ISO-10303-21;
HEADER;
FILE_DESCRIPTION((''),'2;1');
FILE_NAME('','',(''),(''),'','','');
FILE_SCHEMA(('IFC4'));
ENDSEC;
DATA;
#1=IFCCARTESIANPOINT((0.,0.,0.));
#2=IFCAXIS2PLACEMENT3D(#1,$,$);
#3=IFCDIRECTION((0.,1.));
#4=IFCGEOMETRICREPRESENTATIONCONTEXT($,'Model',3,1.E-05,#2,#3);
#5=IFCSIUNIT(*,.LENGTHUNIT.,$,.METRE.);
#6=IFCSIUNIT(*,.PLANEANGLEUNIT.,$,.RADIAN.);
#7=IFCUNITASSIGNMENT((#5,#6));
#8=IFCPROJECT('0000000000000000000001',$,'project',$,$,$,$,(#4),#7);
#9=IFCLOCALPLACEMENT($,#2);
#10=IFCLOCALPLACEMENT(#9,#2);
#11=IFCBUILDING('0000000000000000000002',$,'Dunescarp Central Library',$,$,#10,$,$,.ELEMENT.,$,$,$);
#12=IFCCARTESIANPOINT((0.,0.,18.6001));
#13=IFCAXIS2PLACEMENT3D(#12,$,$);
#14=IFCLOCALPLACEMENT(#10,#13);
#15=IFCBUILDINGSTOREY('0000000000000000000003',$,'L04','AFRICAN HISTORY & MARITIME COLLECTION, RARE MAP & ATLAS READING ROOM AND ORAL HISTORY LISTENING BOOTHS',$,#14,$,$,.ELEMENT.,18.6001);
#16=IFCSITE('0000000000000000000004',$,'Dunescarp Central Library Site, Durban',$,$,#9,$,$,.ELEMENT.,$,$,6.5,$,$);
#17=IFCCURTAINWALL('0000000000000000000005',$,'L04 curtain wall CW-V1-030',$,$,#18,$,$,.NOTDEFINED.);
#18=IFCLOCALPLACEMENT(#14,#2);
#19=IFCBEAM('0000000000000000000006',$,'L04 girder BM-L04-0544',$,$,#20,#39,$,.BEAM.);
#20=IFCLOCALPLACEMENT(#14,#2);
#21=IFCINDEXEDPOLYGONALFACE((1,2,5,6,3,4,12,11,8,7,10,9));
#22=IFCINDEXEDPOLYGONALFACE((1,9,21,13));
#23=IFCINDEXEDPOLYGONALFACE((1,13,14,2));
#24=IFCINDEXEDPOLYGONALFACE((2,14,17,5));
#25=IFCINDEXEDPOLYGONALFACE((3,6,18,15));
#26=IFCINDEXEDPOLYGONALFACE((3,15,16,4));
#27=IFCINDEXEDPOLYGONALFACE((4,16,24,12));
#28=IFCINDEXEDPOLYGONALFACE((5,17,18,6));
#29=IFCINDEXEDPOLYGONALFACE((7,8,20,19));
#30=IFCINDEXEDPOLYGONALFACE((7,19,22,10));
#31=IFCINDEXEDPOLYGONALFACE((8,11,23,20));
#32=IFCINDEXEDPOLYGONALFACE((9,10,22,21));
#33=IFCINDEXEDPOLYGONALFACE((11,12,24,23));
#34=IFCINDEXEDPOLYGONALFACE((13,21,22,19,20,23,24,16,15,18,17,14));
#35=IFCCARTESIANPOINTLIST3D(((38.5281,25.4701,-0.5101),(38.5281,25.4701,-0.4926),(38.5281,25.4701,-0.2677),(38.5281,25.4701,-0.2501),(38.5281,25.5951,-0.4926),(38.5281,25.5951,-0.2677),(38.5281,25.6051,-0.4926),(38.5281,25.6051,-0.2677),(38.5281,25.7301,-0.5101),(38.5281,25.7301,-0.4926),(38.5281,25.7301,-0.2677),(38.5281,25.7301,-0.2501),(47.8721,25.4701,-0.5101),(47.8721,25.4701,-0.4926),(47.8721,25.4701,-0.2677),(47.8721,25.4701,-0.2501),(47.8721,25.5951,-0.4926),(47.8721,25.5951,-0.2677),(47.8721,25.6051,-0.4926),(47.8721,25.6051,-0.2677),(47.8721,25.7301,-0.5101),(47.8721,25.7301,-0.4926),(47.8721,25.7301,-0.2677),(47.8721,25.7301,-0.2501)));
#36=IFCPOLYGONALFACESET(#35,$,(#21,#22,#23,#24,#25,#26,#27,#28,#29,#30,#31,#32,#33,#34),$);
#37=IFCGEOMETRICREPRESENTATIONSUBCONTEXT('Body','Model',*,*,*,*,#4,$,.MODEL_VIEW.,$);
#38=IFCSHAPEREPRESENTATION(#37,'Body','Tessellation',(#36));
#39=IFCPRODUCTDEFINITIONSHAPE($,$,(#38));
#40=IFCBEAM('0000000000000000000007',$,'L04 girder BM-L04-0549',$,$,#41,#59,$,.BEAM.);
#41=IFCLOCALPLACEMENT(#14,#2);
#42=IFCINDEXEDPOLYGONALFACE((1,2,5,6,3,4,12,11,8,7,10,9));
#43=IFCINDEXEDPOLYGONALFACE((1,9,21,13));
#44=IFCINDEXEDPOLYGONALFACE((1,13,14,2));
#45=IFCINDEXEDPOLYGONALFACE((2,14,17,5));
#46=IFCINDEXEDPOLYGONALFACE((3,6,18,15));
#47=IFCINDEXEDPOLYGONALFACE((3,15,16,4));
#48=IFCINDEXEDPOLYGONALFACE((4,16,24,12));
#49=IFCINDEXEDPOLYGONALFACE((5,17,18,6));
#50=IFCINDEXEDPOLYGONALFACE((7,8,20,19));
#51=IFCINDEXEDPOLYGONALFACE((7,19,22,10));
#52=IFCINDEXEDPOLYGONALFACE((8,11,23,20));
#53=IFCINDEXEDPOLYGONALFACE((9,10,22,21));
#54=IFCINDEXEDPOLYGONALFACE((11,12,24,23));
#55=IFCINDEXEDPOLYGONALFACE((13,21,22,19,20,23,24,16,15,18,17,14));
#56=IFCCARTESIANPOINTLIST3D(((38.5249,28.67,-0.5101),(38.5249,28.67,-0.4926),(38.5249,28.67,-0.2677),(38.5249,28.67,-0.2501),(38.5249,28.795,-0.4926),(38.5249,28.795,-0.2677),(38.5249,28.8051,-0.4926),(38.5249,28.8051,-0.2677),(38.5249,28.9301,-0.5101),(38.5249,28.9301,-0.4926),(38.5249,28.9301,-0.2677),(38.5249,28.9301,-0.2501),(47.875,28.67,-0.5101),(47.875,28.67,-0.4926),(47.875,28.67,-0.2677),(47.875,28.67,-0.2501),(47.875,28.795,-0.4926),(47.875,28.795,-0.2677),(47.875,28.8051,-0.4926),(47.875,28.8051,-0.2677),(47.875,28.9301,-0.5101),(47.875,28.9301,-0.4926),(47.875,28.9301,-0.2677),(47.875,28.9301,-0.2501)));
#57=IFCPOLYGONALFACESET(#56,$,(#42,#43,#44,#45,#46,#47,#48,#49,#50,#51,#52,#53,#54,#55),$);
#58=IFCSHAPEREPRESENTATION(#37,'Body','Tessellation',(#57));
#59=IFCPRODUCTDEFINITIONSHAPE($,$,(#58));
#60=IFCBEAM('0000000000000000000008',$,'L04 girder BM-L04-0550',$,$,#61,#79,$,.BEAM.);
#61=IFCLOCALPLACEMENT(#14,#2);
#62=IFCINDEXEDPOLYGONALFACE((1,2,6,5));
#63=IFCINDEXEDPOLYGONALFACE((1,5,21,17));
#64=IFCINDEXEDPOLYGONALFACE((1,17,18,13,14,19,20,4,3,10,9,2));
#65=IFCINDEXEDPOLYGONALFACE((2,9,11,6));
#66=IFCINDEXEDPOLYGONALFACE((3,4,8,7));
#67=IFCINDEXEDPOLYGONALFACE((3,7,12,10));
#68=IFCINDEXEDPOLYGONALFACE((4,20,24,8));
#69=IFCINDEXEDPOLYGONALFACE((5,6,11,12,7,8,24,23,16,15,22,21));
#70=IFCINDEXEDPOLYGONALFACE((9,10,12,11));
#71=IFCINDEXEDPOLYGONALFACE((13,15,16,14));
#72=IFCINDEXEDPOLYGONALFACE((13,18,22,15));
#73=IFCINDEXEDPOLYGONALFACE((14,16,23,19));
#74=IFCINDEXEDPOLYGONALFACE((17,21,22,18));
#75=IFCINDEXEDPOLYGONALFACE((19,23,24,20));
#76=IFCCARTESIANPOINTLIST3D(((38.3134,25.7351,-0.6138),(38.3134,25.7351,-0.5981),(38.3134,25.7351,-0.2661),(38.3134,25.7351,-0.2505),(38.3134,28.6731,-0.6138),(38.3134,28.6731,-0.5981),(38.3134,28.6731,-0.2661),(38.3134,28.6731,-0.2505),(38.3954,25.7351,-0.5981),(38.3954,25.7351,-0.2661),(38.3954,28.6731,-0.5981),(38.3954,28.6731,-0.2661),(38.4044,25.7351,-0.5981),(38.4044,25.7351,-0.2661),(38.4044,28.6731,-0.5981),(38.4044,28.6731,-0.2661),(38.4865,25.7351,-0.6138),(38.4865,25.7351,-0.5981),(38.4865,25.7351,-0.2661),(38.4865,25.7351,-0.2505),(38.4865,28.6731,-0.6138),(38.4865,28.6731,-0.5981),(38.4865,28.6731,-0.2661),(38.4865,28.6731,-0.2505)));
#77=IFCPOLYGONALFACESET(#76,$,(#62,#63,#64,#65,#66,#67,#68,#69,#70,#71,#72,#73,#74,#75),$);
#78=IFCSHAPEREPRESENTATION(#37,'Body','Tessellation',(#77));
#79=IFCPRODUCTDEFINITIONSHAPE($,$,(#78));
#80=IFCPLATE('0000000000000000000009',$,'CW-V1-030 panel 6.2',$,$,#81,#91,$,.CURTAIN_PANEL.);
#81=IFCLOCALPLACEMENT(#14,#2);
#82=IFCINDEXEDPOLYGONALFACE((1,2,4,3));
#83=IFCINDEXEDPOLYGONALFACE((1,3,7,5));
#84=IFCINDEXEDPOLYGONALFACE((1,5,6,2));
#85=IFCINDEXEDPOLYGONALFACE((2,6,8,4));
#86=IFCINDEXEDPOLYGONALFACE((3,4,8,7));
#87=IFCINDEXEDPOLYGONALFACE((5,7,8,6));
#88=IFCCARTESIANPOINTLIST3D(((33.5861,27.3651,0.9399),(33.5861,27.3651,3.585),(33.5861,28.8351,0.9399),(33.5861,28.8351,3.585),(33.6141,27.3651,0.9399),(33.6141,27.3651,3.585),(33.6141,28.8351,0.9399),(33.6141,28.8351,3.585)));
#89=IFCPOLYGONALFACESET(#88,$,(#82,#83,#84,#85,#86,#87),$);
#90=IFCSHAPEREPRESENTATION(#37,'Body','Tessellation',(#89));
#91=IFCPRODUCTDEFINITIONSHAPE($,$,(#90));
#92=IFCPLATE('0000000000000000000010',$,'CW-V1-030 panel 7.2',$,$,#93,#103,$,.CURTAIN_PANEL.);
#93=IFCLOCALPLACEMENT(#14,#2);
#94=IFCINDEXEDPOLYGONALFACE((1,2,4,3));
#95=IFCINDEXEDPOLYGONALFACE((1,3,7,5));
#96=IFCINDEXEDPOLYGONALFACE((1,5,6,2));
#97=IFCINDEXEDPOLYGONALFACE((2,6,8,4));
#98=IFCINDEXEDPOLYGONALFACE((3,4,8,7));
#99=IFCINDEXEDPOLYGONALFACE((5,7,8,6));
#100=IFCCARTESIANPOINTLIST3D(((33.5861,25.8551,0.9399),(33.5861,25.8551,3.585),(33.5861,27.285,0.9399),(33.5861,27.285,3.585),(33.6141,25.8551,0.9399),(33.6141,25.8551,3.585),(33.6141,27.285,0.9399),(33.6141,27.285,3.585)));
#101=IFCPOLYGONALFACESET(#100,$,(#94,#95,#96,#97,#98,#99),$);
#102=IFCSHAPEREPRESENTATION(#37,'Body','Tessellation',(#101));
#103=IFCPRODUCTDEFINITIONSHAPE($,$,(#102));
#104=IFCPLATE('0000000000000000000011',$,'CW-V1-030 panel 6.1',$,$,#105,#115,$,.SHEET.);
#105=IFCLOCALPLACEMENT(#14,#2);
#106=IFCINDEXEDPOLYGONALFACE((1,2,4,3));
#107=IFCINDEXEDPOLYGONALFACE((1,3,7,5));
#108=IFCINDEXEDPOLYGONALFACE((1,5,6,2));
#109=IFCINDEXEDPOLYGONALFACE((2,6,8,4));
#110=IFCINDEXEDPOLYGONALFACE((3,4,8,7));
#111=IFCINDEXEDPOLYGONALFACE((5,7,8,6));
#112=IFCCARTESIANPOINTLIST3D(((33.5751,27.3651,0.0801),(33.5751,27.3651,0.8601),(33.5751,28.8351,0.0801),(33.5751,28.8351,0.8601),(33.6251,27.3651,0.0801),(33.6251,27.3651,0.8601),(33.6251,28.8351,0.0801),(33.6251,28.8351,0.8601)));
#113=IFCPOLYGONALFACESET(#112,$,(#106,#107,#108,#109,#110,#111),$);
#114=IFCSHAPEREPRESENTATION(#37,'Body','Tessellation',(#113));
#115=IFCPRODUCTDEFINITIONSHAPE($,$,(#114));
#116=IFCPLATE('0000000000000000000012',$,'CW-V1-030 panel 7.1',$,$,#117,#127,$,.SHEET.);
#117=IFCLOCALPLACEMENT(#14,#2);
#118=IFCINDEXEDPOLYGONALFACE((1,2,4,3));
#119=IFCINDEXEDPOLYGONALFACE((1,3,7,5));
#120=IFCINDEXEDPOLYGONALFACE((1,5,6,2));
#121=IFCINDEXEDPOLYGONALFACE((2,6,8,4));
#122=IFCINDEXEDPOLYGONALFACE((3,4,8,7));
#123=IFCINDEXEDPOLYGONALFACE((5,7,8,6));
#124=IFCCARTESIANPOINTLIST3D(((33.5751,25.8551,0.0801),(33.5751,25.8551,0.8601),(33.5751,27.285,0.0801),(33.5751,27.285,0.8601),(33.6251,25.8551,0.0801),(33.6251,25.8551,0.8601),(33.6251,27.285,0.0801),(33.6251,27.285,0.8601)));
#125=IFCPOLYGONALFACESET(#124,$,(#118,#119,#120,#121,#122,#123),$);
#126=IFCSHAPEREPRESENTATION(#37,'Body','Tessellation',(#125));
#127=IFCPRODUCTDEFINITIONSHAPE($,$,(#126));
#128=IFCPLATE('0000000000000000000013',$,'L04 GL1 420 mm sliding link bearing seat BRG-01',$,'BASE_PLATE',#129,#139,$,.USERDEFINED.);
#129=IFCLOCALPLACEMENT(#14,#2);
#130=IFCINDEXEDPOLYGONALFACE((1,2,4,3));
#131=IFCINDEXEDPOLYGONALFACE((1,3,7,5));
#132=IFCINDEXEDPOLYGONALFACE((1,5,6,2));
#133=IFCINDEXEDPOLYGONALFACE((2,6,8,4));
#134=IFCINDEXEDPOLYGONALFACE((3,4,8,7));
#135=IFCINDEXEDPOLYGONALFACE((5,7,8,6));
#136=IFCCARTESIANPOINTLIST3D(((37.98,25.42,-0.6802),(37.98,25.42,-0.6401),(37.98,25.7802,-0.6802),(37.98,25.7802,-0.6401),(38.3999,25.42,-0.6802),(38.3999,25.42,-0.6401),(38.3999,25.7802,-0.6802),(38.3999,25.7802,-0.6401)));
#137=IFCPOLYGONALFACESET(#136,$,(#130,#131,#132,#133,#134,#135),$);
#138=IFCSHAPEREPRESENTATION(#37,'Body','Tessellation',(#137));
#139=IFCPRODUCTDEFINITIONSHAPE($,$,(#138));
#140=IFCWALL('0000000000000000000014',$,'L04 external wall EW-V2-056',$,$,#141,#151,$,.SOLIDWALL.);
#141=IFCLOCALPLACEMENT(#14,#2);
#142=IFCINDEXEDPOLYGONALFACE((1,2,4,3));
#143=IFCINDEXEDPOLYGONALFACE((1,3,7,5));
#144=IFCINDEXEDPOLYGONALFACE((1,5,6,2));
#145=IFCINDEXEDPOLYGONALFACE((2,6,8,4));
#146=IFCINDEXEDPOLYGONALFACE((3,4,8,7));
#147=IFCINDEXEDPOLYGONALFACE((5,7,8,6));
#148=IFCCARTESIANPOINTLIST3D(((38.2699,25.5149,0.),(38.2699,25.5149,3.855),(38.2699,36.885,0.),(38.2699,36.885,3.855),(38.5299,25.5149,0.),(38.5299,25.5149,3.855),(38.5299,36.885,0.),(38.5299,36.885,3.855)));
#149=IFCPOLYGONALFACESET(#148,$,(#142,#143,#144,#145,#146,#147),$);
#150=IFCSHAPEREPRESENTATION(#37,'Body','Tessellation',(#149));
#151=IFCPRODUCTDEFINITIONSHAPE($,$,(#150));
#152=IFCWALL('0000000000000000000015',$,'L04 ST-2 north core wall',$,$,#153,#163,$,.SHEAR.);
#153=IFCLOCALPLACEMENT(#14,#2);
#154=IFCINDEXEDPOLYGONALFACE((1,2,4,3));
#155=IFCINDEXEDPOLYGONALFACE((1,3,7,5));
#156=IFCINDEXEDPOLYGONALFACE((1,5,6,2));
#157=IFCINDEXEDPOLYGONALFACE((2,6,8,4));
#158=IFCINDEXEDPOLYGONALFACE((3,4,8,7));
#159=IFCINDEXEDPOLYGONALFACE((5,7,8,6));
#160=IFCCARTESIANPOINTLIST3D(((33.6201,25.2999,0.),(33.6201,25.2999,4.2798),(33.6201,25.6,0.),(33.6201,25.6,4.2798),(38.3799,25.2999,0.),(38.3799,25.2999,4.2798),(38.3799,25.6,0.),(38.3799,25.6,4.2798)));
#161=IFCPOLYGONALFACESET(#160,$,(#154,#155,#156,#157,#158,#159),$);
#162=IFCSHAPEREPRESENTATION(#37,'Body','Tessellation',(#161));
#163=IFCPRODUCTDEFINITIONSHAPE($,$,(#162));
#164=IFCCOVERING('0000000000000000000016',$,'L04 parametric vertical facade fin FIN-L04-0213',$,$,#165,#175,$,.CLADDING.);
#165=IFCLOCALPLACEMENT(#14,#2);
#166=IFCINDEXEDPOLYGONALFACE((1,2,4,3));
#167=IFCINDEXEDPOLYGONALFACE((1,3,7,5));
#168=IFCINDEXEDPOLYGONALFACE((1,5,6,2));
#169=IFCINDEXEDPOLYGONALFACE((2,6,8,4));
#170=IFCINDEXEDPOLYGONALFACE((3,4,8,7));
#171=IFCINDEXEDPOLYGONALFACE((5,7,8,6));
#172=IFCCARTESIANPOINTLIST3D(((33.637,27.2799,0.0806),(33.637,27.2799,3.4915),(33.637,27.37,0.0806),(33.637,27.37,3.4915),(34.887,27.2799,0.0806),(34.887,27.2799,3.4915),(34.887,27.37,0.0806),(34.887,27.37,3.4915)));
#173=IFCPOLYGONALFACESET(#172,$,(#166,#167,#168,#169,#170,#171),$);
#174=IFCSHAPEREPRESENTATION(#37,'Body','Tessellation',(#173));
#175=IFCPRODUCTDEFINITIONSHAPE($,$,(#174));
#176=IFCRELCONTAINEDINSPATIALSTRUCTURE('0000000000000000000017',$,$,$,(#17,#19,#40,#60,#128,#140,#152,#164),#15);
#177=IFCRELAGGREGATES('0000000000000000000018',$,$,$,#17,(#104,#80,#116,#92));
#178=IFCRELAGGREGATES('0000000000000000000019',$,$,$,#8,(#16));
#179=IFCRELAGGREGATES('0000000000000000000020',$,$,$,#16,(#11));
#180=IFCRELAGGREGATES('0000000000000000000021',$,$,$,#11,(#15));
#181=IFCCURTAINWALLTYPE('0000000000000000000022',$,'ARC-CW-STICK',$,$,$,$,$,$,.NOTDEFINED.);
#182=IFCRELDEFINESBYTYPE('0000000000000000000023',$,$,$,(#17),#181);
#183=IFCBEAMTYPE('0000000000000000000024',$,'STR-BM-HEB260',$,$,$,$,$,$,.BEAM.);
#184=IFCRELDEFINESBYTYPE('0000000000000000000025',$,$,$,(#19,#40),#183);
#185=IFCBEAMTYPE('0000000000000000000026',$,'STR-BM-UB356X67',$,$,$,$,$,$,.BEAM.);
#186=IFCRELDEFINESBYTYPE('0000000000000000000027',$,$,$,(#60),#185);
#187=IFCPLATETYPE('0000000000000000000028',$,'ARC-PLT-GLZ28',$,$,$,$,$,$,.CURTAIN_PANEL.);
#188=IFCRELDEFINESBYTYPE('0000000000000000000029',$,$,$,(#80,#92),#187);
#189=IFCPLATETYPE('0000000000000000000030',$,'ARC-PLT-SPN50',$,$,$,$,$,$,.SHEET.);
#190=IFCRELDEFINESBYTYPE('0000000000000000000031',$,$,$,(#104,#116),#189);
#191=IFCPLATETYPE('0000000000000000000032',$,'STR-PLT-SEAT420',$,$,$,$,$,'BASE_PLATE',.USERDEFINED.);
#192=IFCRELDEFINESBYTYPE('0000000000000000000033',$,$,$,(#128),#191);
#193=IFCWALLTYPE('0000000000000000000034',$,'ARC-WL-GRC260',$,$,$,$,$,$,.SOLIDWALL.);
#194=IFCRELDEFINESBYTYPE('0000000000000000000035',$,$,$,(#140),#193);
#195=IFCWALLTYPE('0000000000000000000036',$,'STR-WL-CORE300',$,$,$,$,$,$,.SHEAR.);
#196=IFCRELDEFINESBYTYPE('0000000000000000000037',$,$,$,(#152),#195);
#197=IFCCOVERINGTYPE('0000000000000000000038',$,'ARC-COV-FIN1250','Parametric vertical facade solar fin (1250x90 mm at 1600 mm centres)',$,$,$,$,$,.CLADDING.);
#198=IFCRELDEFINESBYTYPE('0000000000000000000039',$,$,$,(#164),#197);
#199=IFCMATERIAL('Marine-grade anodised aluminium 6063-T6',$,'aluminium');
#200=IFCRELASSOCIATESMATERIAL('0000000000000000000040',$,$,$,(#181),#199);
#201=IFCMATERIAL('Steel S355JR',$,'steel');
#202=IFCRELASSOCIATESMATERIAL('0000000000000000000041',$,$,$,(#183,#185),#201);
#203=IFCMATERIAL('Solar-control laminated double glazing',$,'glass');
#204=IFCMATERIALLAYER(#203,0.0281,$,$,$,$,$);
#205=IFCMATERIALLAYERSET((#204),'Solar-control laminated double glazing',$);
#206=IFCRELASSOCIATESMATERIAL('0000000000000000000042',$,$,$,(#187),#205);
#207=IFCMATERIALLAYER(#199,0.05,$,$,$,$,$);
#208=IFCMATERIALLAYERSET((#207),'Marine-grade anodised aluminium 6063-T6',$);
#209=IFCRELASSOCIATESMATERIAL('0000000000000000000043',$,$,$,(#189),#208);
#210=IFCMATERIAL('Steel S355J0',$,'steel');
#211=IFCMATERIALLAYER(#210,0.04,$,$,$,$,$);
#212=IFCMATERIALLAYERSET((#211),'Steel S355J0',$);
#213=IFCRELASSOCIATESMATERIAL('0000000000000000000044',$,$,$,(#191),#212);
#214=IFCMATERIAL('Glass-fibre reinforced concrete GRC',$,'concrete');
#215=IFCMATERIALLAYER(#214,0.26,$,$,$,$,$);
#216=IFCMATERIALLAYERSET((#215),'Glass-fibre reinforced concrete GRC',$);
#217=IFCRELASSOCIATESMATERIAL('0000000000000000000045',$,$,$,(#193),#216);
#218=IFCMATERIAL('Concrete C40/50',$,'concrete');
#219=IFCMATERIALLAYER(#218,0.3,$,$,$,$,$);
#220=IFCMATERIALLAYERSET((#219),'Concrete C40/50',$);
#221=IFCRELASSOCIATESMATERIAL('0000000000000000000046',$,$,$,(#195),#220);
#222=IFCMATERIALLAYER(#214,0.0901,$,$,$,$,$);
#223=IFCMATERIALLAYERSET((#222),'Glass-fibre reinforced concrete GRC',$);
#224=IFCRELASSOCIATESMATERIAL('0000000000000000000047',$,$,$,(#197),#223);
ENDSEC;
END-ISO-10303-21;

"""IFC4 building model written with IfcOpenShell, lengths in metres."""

from ifc_helpers import new_model, si_unit, direction, frame, frame_2d, origin, origin_2d, place, context, subcontext, project, spatial, rectangle, i_section, extrude, material, layer, layer_set, material_profile, profile_set, type_object, element, aggregate, save


model = new_model("IFC4")

# Units and contexts
model_context = context("Model", 3, precision=1e-05, world=origin(), true_north=direction((0.0, 1.0)))
body_context = subcontext(model_context, "Body", "Model", "MODEL_VIEW")
ifc_project = project(units=[si_unit("LENGTHUNIT", "METRE"), si_unit("PLANEANGLEUNIT", "RADIAN")], contexts=[model_context])

# Site, building, storey
site_placement = place(None, origin())
site = spatial("IfcSite", under=ifc_project, at=site_placement, Name="Dunescarp Central Library Site, Durban", CompositionType="ELEMENT", RefElevation=6.5)
building_placement = place(site_placement, origin())
building = spatial("IfcBuilding", under=site, at=building_placement, Name="Dunescarp Central Library", CompositionType="ELEMENT")
storey_placement = place(building_placement, frame((0.0, 0.0, 18.6001)))
storey = spatial("IfcBuildingStorey", under=building, at=storey_placement, Name="L04", Description="AFRICAN HISTORY & MARITIME COLLECTION, RARE MAP & ATLAS READING ROOM AND ORAL HISTORY LISTENING BOOTHS", CompositionType="ELEMENT", Elevation=18.6001)

# Shared definitions
ifc_material_1 = material(Name="Steel S355JR", Category="steel")

# Curtain wall
ifc_material_2 = material(Name="Marine-grade anodised aluminium 6063-T6", Category="aluminium")
curtain_wall_type = type_object("IfcCurtainWallType", Name="ARC-CW-STICK", PredefinedType="NOTDEFINED", material=ifc_material_2)
curtain_wall_placement = place(storey_placement, origin())
curtain_wall = element("IfcCurtainWall", 1, at=curtain_wall_placement, inside=storey, type_object=curtain_wall_type, Name="L04 curtain wall CW-V1-030", PredefinedType="NOTDEFINED")

# Beams
ifc_material_profile_1 = material_profile(ifc_material_1, i_section(OverallWidth=0.26, OverallDepth=0.26, WebThickness=0.01, FlangeThickness=0.0176, at=origin_2d()), Name="HEB 260")
ifc_profile_set_1 = profile_set([ifc_material_profile_1], Name="Steel S355JR")
beam_type_1 = type_object("IfcBeamType", Name="STR-BM-HEB260", PredefinedType="BEAM", material=ifc_profile_set_1)
beam_1_placement = place(storey_placement, frame((38.5281, 25.6001, -0.3801), z_axis=(1.0, 0.0, 0.0), x_axis=(0.0, 1.0, 0.0)))
element("IfcBeam", 2, at=beam_1_placement, inside=storey, type_object=beam_type_1, Name="L04 girder BM-L04-0544", PredefinedType="BEAM", context=body_context, shape_type="SweptSolid", body=[
    extrude(i_section(OverallWidth=0.26, OverallDepth=0.26, WebThickness=0.01, FlangeThickness=0.0176, at=origin_2d()), origin(), (0.0, 0.0, 1.0), 9.344),
])
beam_2_placement = place(storey_placement, frame((38.5249, 28.8, -0.3801), z_axis=(1.0, 0.0, 0.0), x_axis=(0.0, 1.0, 0.0)))
element("IfcBeam", 3, at=beam_2_placement, inside=storey, type_object=beam_type_1, Name="L04 girder BM-L04-0549", PredefinedType="BEAM", context=body_context, shape_type="SweptSolid", body=[
    extrude(i_section(OverallWidth=0.26, OverallDepth=0.26, WebThickness=0.01, FlangeThickness=0.0176, at=origin_2d()), origin(), (0.0, 0.0, 1.0), 9.3501),
])
ifc_material_profile_2 = material_profile(ifc_material_1, i_section(OverallWidth=0.1731, OverallDepth=0.3633, WebThickness=0.009, FlangeThickness=0.0156, at=origin_2d()), Name="UB 356x171x67")
ifc_profile_set_2 = profile_set([ifc_material_profile_2], Name="Steel S355JR")
beam_type_2 = type_object("IfcBeamType", Name="STR-BM-UB356X67", PredefinedType="BEAM", material=ifc_profile_set_2)
beam_3_placement = place(storey_placement, frame((38.3999, 25.7351, -0.4321), z_axis=(0.0, 1.0, 0.0), x_axis=(-1.0, 0.0, 0.0)))
element("IfcBeam", 4, at=beam_3_placement, inside=storey, type_object=beam_type_2, Name="L04 girder BM-L04-0550", PredefinedType="BEAM", context=body_context, shape_type="SweptSolid", body=[
    extrude(i_section(OverallWidth=0.1731, OverallDepth=0.3633, WebThickness=0.009, FlangeThickness=0.0156, at=origin_2d()), origin(), (0.0, 0.0, 1.0), 2.938),
])

# Plates
ifc_material_3 = material(Name="Solar-control laminated double glazing", Category="glass")
ifc_layer_1 = layer(ifc_material_3, 0.0281)
ifc_layer_set_1 = layer_set([ifc_layer_1], Name="Solar-control laminated double glazing")
plate_type_1 = type_object("IfcPlateType", Name="ARC-PLT-GLZ28", PredefinedType="CURTAIN_PANEL", material=ifc_layer_set_1)
plate_1_placement = place(storey_placement, frame((33.6001, 28.1001, 0.9399), z_axis=(0.0, 0.0, 1.0), x_axis=(0.0, -1.0, 0.0)))
plate_1 = element("IfcPlate", 5, at=plate_1_placement, type_object=plate_type_1, Name="CW-V1-030 panel 6.2", PredefinedType="CURTAIN_PANEL", context=body_context, shape_type="SweptSolid", body=[
    extrude(rectangle(XDim=1.47, YDim=0.0281, at=origin_2d()), origin(), (0.0, 0.0, 1.0), 2.645),
])
plate_2_placement = place(storey_placement, frame((33.6001, 26.5701, 0.9399), z_axis=(0.0, 0.0, 1.0), x_axis=(0.0, -1.0, 0.0)))
plate_2 = element("IfcPlate", 6, at=plate_2_placement, type_object=plate_type_1, Name="CW-V1-030 panel 7.2", PredefinedType="CURTAIN_PANEL", context=body_context, shape_type="SweptSolid", body=[
    extrude(rectangle(XDim=1.4299, YDim=0.0281, at=origin_2d()), origin(), (0.0, 0.0, 1.0), 2.645),
])
ifc_layer_2 = layer(ifc_material_2, 0.05)
ifc_layer_set_2 = layer_set([ifc_layer_2], Name="Marine-grade anodised aluminium 6063-T6")
plate_type_2 = type_object("IfcPlateType", Name="ARC-PLT-SPN50", PredefinedType="SHEET", material=ifc_layer_set_2)
plate_3_placement = place(storey_placement, frame((33.6001, 28.1001, 0.0801), z_axis=(0.0, 0.0, 1.0), x_axis=(0.0, -1.0, 0.0)))
plate_3 = element("IfcPlate", 7, at=plate_3_placement, type_object=plate_type_2, Name="CW-V1-030 panel 6.1", PredefinedType="SHEET", context=body_context, shape_type="SweptSolid", body=[
    extrude(rectangle(XDim=1.47, YDim=0.05, at=origin_2d()), origin(), (0.0, 0.0, 1.0), 0.78),
])
plate_4_placement = place(storey_placement, frame((33.6001, 26.5701, 0.0801), z_axis=(0.0, 0.0, 1.0), x_axis=(0.0, -1.0, 0.0)))
plate_4 = element("IfcPlate", 8, at=plate_4_placement, type_object=plate_type_2, Name="CW-V1-030 panel 7.1", PredefinedType="SHEET", context=body_context, shape_type="SweptSolid", body=[
    extrude(rectangle(XDim=1.4299, YDim=0.05, at=origin_2d()), origin(), (0.0, 0.0, 1.0), 0.78),
])
aggregate(curtain_wall, [plate_3, plate_1, plate_4, plate_2])
ifc_material_4 = material(Name="Steel S355J0", Category="steel")
ifc_layer_3 = layer(ifc_material_4, 0.04)
ifc_layer_set_3 = layer_set([ifc_layer_3], Name="Steel S355J0")
plate_type_3 = type_object("IfcPlateType", Name="STR-PLT-SEAT420", ElementType="BASE_PLATE", PredefinedType="USERDEFINED", material=ifc_layer_set_3)
plate_5_placement = place(storey_placement, frame((38.1899, 25.6001, -0.6802), z_axis=(0.0, 0.0, 1.0), x_axis=(1.0, 0.0, 0.0)))
element("IfcPlate", 9, at=plate_5_placement, inside=storey, type_object=plate_type_3, Name="L04 GL1 420 mm sliding link bearing seat BRG-01", ObjectType="BASE_PLATE", PredefinedType="USERDEFINED", context=body_context, shape_type="SweptSolid", body=[
    extrude(rectangle(XDim=0.4199, YDim=0.3601, at=origin_2d()), origin(), (0.0, 0.0, 1.0), 0.04),
])

# Walls
ifc_material_5 = material(Name="Glass-fibre reinforced concrete GRC", Category="concrete")
ifc_layer_4 = layer(ifc_material_5, 0.26)
ifc_layer_set_4 = layer_set([ifc_layer_4], Name="Glass-fibre reinforced concrete GRC")
wall_type_1 = type_object("IfcWallType", Name="ARC-WL-GRC260", PredefinedType="SOLIDWALL", material=ifc_layer_set_4)
wall_1_placement = place(storey_placement, frame((38.3999, 25.5149, 0.0), z_axis=(0.0, 0.0, 1.0), x_axis=(0.0, 1.0, 0.0)))
element("IfcWall", 10, at=wall_1_placement, inside=storey, type_object=wall_type_1, Name="L04 external wall EW-V2-056", PredefinedType="SOLIDWALL", context=body_context, shape_type="SweptSolid", body=[
    extrude(rectangle(XDim=11.3701, YDim=0.26, at=frame_2d((5.6851, 0.0))), origin(), (0.0, 0.0, 1.0), 3.855),
])
ifc_material_6 = material(Name="Concrete C40/50", Category="concrete")
ifc_layer_5 = layer(ifc_material_6, 0.3)
ifc_layer_set_5 = layer_set([ifc_layer_5], Name="Concrete C40/50")
wall_type_2 = type_object("IfcWallType", Name="STR-WL-CORE300", PredefinedType="SHEAR", material=ifc_layer_set_5)
wall_2_placement = place(storey_placement, frame((33.6201, 25.45, 0.0), z_axis=(0.0, 0.0, 1.0), x_axis=(1.0, 0.0, 0.0)))
element("IfcWall", 11, at=wall_2_placement, inside=storey, type_object=wall_type_2, Name="L04 ST-2 north core wall", PredefinedType="SHEAR", context=body_context, shape_type="SweptSolid", body=[
    extrude(rectangle(XDim=4.7598, YDim=0.3, at=frame_2d((2.3799, 0.0))), origin(), (0.0, 0.0, 1.0), 4.2798),
])

# Covering
ifc_layer_6 = layer(ifc_material_5, 0.0901)
ifc_layer_set_6 = layer_set([ifc_layer_6], Name="Glass-fibre reinforced concrete GRC")
covering_type = type_object("IfcCoveringType", Name="ARC-COV-FIN1250", Description="Parametric vertical facade solar fin (1250x90 mm at 1600 mm centres)", PredefinedType="CLADDING", material=ifc_layer_set_6)
covering_1_placement = place(storey_placement, frame((34.262, 27.325, 0.0806), z_axis=(0.0, 0.0, 1.0), x_axis=(1.0, 0.0, 0.0)))
element("IfcCovering", 12, at=covering_1_placement, inside=storey, type_object=covering_type, Name="L04 parametric vertical facade fin FIN-L04-0213", PredefinedType="CLADDING", context=body_context, shape_type="SweptSolid", body=[
    extrude(rectangle(XDim=1.25, YDim=0.0901, at=origin_2d()), origin(), (0.0, 0.0, 1.0), 3.4109),
])

save(model, "model.ifc")
